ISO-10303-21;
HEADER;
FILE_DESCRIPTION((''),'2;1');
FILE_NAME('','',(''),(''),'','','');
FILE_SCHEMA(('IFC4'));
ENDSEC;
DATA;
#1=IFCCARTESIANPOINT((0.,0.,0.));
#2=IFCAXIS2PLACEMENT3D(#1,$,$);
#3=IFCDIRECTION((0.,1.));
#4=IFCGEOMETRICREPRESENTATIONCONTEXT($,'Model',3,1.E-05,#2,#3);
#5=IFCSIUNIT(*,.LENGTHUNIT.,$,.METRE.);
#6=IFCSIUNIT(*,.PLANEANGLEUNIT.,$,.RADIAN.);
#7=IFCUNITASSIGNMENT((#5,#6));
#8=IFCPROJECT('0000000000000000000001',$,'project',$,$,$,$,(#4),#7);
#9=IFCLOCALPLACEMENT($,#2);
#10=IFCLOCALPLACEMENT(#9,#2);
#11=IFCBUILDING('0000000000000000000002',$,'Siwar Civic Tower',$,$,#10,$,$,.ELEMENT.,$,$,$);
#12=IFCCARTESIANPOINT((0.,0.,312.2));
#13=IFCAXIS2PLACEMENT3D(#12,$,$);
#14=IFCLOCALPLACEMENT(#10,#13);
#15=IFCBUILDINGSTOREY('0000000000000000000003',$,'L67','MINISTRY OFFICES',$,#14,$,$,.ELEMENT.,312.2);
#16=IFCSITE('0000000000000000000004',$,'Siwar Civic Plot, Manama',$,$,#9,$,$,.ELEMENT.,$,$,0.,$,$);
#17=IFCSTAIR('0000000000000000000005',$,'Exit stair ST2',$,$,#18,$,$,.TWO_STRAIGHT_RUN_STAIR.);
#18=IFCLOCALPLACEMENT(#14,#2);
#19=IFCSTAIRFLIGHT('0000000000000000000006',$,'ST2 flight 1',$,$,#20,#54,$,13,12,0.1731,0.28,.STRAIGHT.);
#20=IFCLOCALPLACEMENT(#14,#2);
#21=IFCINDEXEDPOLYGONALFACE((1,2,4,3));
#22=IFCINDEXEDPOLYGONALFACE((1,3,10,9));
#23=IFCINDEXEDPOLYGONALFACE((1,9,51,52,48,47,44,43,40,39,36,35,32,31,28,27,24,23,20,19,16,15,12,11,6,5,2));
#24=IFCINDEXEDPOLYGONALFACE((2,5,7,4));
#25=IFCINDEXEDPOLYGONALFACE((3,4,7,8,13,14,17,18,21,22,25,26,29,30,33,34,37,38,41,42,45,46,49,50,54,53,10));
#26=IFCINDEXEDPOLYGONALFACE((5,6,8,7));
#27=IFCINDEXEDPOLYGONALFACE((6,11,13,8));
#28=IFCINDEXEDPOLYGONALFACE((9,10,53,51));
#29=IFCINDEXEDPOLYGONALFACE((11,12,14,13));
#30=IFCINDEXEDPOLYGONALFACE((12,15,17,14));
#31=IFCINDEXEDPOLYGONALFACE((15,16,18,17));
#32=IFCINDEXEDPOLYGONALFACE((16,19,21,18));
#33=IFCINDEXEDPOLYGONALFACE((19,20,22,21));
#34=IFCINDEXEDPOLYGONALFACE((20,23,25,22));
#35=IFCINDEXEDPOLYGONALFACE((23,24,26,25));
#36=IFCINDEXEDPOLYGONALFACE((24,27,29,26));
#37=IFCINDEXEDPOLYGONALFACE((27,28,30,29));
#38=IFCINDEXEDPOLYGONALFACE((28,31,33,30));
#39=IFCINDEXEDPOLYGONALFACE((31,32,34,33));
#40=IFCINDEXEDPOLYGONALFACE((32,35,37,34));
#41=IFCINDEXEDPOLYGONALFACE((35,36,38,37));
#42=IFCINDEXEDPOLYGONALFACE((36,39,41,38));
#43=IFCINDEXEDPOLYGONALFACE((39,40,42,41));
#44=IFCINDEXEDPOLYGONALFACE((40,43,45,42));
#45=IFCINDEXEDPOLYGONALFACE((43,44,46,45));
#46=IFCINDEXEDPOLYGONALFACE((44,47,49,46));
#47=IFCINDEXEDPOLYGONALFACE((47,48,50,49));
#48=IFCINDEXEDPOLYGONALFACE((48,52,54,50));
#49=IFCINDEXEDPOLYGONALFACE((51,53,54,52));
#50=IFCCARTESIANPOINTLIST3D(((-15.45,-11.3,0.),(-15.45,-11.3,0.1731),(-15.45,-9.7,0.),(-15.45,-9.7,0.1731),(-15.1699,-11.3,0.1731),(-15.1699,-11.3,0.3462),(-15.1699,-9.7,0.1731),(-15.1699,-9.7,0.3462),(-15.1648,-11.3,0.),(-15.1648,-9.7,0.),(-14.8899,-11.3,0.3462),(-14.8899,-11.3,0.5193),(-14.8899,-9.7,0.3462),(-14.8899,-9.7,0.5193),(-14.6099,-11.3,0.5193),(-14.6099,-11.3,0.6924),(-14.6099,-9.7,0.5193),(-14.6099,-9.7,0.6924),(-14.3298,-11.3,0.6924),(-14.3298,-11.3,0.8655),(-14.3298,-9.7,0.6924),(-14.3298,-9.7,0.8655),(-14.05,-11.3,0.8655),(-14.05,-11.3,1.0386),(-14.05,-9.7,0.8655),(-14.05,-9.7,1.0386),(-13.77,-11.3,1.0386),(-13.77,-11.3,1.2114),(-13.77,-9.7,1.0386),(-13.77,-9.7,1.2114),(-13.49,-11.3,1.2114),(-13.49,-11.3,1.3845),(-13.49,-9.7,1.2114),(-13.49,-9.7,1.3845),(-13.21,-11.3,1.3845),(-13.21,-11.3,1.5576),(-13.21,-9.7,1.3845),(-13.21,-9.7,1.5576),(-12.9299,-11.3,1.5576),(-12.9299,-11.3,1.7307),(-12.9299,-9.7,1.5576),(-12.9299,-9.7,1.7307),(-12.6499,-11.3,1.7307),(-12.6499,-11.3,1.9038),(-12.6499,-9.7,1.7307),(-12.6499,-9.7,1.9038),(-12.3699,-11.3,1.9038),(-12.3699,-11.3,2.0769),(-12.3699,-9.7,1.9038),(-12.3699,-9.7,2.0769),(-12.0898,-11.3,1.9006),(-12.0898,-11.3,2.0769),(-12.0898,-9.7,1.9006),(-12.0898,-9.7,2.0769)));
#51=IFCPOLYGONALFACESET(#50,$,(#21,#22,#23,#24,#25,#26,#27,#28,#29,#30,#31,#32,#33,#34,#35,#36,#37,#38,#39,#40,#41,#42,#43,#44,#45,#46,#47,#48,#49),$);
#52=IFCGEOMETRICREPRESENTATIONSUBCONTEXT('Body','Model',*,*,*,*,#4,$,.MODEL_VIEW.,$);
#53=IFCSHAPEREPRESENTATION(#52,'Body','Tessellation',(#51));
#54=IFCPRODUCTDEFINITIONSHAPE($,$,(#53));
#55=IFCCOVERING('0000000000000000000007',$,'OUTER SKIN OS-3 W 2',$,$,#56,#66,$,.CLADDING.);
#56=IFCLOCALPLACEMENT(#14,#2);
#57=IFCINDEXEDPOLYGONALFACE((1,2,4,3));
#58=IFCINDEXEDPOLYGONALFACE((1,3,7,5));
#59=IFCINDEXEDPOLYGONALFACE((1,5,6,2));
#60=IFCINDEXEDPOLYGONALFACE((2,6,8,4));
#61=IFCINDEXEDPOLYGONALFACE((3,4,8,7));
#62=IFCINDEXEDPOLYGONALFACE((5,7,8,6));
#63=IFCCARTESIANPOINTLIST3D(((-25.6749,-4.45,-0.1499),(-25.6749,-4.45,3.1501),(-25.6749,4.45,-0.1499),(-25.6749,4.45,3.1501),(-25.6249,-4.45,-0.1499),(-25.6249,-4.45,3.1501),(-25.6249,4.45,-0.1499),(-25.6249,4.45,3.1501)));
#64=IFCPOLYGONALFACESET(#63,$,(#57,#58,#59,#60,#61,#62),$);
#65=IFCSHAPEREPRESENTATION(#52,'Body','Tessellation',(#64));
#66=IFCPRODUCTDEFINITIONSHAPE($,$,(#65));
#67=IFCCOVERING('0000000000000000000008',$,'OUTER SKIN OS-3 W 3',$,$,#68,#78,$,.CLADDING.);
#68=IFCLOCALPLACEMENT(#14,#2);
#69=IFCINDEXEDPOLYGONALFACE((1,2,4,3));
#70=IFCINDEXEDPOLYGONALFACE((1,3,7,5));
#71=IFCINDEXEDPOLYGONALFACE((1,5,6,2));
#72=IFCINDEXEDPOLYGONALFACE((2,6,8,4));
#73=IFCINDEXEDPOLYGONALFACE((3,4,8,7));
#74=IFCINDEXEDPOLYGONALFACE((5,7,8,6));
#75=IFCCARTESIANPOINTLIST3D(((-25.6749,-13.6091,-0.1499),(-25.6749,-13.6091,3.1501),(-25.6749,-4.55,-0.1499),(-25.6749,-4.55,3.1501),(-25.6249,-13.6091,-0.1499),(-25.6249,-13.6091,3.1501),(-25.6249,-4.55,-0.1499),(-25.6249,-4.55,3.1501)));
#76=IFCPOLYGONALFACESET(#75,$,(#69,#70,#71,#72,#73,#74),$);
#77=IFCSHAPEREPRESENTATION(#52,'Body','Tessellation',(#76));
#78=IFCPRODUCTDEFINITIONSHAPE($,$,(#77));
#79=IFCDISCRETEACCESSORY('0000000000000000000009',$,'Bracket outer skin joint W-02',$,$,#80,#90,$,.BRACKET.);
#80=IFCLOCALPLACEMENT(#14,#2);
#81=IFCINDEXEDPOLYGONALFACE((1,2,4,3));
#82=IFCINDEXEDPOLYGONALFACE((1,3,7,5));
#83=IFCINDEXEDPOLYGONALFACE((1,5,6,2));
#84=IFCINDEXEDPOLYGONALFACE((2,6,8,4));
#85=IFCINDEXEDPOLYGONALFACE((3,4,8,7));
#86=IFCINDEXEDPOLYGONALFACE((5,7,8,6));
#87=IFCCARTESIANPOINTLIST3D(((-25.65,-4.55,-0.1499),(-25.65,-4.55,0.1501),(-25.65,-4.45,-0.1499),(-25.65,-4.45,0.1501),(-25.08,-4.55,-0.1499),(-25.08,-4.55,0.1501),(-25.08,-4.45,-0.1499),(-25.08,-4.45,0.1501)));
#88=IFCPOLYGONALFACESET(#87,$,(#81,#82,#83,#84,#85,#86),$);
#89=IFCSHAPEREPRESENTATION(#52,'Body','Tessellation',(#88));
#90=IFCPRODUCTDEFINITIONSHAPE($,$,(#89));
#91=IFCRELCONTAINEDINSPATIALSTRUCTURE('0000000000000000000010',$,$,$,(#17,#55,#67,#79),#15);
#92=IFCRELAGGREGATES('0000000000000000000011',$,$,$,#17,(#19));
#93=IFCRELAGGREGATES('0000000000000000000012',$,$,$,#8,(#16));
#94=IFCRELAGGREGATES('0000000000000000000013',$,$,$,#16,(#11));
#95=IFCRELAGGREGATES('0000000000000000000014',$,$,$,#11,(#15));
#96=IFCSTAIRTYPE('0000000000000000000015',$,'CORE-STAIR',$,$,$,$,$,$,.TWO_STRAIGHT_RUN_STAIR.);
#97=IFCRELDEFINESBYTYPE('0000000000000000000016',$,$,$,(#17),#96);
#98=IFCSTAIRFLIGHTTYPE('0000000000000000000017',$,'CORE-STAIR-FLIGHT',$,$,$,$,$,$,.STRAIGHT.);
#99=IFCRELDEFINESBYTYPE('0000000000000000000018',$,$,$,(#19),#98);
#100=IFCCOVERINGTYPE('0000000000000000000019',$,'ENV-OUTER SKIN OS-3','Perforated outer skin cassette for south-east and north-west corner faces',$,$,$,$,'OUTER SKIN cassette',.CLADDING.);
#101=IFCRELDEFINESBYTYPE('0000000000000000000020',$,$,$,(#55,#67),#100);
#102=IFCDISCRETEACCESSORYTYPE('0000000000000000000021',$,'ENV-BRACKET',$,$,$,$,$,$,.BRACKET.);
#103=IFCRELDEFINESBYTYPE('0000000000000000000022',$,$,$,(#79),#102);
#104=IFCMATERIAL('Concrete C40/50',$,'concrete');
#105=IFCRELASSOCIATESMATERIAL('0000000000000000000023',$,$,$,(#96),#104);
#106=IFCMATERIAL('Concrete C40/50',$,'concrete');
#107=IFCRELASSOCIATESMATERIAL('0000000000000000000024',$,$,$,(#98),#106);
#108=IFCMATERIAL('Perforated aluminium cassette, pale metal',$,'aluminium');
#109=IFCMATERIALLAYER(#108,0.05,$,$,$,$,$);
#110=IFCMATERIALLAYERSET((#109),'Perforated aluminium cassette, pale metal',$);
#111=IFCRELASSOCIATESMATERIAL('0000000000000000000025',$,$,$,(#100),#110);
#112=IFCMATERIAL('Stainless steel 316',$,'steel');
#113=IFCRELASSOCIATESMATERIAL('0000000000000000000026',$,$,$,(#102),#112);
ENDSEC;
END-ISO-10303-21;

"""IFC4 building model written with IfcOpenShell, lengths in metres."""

from ifc_helpers import new_model, si_unit, direction, frame, origin, origin_2d, place, context, subcontext, project, spatial, polyline, rectangle, outline, extrude, material, layer, layer_set, type_object, element, aggregate, save


model = new_model("IFC4")

# Units and contexts
model_context = context("Model", 3, precision=1e-05, world=origin(), true_north=direction((0.0, 1.0)))
body_context = subcontext(model_context, "Body", "Model", "MODEL_VIEW")
ifc_project = project(units=[si_unit("LENGTHUNIT", "METRE"), si_unit("PLANEANGLEUNIT", "RADIAN")], contexts=[model_context])

# Site, building, storey
site_placement = place(None, origin())
site = spatial("IfcSite", under=ifc_project, at=site_placement, Name="Siwar Civic Plot, Manama", CompositionType="ELEMENT", RefElevation=0.0)
building_placement = place(site_placement, origin())
building = spatial("IfcBuilding", under=site, at=building_placement, Name="Siwar Civic Tower", CompositionType="ELEMENT")
storey_placement = place(building_placement, frame((0.0, 0.0, 312.2)))
storey = spatial("IfcBuildingStorey", under=building, at=storey_placement, Name="L67", Description="MINISTRY OFFICES", CompositionType="ELEMENT", Elevation=312.2)

# Stair, stair flight
ifc_material_1 = material(Name="Concrete C40/50", Category="concrete")
stair_type = type_object("IfcStairType", Name="CORE-STAIR", PredefinedType="TWO_STRAIGHT_RUN_STAIR", material=ifc_material_1)
stair_placement = place(storey_placement, origin())
stair = element("IfcStair", 1, at=stair_placement, inside=storey, type_object=stair_type, Name="Exit stair ST2", PredefinedType="TWO_STRAIGHT_RUN_STAIR")
ifc_material_2 = material(Name="Concrete C40/50", Category="concrete")
stair_flight_type = type_object("IfcStairFlightType", Name="CORE-STAIR-FLIGHT", PredefinedType="STRAIGHT", material=ifc_material_2)
stair_flight_placement = place(storey_placement, frame((-15.45, -10.5, 0.0), z_axis=(0.0, 0.0, 1.0), x_axis=(1.0, 0.0, 0.0)))
stair_flight = element("IfcStairFlight", 2, at=stair_flight_placement, type_object=stair_flight_type, Name="ST2 flight 1", NumberOfRisers=13, NumberOfTreads=12, PredefinedType="STRAIGHT", RiserHeight=0.1731, TreadLength=0.28, context=body_context, shape_type="SweptSolid", body=[
    extrude(outline(polyline([(0.0, 0.0), (0.0, 0.1731), (0.28, 0.1731), (0.28, 0.3462), (0.5601, 0.3462), (0.5601, 0.5193), (0.8401, 0.5193), (0.8401, 0.6924), (1.1201, 0.6924), (1.1201, 0.8655), (1.3999, 0.8655), (1.3999, 1.0386), (1.6799, 1.0386), (1.6799, 1.2114), (1.96, 1.2114), (1.96, 1.3845), (2.24, 1.3845), (2.24, 1.5576), (2.52, 1.5576), (2.52, 1.7307), (2.8, 1.7307), (2.8, 1.9038), (3.0801, 1.9038), (3.0801, 2.0769), (3.3601, 2.0769), (3.3601, 2.25), (3.3601, 1.9006), (0.2852, 0.0), (0.0, 0.0)])), frame((0.0, 0.8, 0.0), z_axis=(0.0, -1.0, 0.0), x_axis=(1.0, 0.0, 0.0)), (0.0, 0.0, 1.0), 1.6001),
])
aggregate(stair, [stair_flight])

# Coverings
ifc_material_3 = material(Name="Perforated aluminium cassette, pale metal", Category="aluminium")
ifc_layer_1 = layer(ifc_material_3, 0.05)
ifc_layer_set_1 = layer_set([ifc_layer_1], Name="Perforated aluminium cassette, pale metal")
covering_type = type_object("IfcCoveringType", Name="ENV-OUTER SKIN OS-3", Description="Perforated outer skin cassette for south-east and north-west corner faces", ElementType="OUTER SKIN cassette", PredefinedType="CLADDING", material=ifc_layer_set_1)
covering_1_placement = place(storey_placement, frame((-25.6499, 0.0, -0.1499), z_axis=(0.0, 0.0, 1.0), x_axis=(0.0, -1.0, 0.0)))
element("IfcCovering", 3, at=covering_1_placement, inside=storey, type_object=covering_type, Name="OUTER SKIN OS-3 W 2", PredefinedType="CLADDING", context=body_context, shape_type="SweptSolid", body=[
    extrude(rectangle(XDim=8.8999, YDim=0.05, at=origin_2d()), origin(), (0.0, 0.0, 1.0), 3.3),
])
covering_2_placement = place(storey_placement, frame((-25.6499, -9.0796, -0.1499), z_axis=(0.0, 0.0, 1.0), x_axis=(0.0, -1.0, 0.0)))
element("IfcCovering", 4, at=covering_2_placement, inside=storey, type_object=covering_type, Name="OUTER SKIN OS-3 W 3", PredefinedType="CLADDING", context=body_context, shape_type="SweptSolid", body=[
    extrude(rectangle(XDim=9.0591, YDim=0.05, at=origin_2d()), origin(), (0.0, 0.0, 1.0), 3.3),
])

# Discrete accessory
ifc_material_4 = material(Name="Stainless steel 316", Category="steel")
discrete_accessory_type = type_object("IfcDiscreteAccessoryType", Name="ENV-BRACKET", PredefinedType="BRACKET", material=ifc_material_4)
discrete_accessory_placement = place(storey_placement, frame((-25.365, -4.5, -0.1499), z_axis=(0.0, 0.0, 1.0), x_axis=(-1.0, 0.0, 0.0)))
element("IfcDiscreteAccessory", 5, at=discrete_accessory_placement, inside=storey, type_object=discrete_accessory_type, Name="Bracket outer skin joint W-02", PredefinedType="BRACKET", context=body_context, shape_type="SweptSolid", body=[
    extrude(rectangle(XDim=0.5701, YDim=0.1001, at=origin_2d()), origin(), (0.0, 0.0, 1.0), 0.3),
])

save(model, "model.ifc")
